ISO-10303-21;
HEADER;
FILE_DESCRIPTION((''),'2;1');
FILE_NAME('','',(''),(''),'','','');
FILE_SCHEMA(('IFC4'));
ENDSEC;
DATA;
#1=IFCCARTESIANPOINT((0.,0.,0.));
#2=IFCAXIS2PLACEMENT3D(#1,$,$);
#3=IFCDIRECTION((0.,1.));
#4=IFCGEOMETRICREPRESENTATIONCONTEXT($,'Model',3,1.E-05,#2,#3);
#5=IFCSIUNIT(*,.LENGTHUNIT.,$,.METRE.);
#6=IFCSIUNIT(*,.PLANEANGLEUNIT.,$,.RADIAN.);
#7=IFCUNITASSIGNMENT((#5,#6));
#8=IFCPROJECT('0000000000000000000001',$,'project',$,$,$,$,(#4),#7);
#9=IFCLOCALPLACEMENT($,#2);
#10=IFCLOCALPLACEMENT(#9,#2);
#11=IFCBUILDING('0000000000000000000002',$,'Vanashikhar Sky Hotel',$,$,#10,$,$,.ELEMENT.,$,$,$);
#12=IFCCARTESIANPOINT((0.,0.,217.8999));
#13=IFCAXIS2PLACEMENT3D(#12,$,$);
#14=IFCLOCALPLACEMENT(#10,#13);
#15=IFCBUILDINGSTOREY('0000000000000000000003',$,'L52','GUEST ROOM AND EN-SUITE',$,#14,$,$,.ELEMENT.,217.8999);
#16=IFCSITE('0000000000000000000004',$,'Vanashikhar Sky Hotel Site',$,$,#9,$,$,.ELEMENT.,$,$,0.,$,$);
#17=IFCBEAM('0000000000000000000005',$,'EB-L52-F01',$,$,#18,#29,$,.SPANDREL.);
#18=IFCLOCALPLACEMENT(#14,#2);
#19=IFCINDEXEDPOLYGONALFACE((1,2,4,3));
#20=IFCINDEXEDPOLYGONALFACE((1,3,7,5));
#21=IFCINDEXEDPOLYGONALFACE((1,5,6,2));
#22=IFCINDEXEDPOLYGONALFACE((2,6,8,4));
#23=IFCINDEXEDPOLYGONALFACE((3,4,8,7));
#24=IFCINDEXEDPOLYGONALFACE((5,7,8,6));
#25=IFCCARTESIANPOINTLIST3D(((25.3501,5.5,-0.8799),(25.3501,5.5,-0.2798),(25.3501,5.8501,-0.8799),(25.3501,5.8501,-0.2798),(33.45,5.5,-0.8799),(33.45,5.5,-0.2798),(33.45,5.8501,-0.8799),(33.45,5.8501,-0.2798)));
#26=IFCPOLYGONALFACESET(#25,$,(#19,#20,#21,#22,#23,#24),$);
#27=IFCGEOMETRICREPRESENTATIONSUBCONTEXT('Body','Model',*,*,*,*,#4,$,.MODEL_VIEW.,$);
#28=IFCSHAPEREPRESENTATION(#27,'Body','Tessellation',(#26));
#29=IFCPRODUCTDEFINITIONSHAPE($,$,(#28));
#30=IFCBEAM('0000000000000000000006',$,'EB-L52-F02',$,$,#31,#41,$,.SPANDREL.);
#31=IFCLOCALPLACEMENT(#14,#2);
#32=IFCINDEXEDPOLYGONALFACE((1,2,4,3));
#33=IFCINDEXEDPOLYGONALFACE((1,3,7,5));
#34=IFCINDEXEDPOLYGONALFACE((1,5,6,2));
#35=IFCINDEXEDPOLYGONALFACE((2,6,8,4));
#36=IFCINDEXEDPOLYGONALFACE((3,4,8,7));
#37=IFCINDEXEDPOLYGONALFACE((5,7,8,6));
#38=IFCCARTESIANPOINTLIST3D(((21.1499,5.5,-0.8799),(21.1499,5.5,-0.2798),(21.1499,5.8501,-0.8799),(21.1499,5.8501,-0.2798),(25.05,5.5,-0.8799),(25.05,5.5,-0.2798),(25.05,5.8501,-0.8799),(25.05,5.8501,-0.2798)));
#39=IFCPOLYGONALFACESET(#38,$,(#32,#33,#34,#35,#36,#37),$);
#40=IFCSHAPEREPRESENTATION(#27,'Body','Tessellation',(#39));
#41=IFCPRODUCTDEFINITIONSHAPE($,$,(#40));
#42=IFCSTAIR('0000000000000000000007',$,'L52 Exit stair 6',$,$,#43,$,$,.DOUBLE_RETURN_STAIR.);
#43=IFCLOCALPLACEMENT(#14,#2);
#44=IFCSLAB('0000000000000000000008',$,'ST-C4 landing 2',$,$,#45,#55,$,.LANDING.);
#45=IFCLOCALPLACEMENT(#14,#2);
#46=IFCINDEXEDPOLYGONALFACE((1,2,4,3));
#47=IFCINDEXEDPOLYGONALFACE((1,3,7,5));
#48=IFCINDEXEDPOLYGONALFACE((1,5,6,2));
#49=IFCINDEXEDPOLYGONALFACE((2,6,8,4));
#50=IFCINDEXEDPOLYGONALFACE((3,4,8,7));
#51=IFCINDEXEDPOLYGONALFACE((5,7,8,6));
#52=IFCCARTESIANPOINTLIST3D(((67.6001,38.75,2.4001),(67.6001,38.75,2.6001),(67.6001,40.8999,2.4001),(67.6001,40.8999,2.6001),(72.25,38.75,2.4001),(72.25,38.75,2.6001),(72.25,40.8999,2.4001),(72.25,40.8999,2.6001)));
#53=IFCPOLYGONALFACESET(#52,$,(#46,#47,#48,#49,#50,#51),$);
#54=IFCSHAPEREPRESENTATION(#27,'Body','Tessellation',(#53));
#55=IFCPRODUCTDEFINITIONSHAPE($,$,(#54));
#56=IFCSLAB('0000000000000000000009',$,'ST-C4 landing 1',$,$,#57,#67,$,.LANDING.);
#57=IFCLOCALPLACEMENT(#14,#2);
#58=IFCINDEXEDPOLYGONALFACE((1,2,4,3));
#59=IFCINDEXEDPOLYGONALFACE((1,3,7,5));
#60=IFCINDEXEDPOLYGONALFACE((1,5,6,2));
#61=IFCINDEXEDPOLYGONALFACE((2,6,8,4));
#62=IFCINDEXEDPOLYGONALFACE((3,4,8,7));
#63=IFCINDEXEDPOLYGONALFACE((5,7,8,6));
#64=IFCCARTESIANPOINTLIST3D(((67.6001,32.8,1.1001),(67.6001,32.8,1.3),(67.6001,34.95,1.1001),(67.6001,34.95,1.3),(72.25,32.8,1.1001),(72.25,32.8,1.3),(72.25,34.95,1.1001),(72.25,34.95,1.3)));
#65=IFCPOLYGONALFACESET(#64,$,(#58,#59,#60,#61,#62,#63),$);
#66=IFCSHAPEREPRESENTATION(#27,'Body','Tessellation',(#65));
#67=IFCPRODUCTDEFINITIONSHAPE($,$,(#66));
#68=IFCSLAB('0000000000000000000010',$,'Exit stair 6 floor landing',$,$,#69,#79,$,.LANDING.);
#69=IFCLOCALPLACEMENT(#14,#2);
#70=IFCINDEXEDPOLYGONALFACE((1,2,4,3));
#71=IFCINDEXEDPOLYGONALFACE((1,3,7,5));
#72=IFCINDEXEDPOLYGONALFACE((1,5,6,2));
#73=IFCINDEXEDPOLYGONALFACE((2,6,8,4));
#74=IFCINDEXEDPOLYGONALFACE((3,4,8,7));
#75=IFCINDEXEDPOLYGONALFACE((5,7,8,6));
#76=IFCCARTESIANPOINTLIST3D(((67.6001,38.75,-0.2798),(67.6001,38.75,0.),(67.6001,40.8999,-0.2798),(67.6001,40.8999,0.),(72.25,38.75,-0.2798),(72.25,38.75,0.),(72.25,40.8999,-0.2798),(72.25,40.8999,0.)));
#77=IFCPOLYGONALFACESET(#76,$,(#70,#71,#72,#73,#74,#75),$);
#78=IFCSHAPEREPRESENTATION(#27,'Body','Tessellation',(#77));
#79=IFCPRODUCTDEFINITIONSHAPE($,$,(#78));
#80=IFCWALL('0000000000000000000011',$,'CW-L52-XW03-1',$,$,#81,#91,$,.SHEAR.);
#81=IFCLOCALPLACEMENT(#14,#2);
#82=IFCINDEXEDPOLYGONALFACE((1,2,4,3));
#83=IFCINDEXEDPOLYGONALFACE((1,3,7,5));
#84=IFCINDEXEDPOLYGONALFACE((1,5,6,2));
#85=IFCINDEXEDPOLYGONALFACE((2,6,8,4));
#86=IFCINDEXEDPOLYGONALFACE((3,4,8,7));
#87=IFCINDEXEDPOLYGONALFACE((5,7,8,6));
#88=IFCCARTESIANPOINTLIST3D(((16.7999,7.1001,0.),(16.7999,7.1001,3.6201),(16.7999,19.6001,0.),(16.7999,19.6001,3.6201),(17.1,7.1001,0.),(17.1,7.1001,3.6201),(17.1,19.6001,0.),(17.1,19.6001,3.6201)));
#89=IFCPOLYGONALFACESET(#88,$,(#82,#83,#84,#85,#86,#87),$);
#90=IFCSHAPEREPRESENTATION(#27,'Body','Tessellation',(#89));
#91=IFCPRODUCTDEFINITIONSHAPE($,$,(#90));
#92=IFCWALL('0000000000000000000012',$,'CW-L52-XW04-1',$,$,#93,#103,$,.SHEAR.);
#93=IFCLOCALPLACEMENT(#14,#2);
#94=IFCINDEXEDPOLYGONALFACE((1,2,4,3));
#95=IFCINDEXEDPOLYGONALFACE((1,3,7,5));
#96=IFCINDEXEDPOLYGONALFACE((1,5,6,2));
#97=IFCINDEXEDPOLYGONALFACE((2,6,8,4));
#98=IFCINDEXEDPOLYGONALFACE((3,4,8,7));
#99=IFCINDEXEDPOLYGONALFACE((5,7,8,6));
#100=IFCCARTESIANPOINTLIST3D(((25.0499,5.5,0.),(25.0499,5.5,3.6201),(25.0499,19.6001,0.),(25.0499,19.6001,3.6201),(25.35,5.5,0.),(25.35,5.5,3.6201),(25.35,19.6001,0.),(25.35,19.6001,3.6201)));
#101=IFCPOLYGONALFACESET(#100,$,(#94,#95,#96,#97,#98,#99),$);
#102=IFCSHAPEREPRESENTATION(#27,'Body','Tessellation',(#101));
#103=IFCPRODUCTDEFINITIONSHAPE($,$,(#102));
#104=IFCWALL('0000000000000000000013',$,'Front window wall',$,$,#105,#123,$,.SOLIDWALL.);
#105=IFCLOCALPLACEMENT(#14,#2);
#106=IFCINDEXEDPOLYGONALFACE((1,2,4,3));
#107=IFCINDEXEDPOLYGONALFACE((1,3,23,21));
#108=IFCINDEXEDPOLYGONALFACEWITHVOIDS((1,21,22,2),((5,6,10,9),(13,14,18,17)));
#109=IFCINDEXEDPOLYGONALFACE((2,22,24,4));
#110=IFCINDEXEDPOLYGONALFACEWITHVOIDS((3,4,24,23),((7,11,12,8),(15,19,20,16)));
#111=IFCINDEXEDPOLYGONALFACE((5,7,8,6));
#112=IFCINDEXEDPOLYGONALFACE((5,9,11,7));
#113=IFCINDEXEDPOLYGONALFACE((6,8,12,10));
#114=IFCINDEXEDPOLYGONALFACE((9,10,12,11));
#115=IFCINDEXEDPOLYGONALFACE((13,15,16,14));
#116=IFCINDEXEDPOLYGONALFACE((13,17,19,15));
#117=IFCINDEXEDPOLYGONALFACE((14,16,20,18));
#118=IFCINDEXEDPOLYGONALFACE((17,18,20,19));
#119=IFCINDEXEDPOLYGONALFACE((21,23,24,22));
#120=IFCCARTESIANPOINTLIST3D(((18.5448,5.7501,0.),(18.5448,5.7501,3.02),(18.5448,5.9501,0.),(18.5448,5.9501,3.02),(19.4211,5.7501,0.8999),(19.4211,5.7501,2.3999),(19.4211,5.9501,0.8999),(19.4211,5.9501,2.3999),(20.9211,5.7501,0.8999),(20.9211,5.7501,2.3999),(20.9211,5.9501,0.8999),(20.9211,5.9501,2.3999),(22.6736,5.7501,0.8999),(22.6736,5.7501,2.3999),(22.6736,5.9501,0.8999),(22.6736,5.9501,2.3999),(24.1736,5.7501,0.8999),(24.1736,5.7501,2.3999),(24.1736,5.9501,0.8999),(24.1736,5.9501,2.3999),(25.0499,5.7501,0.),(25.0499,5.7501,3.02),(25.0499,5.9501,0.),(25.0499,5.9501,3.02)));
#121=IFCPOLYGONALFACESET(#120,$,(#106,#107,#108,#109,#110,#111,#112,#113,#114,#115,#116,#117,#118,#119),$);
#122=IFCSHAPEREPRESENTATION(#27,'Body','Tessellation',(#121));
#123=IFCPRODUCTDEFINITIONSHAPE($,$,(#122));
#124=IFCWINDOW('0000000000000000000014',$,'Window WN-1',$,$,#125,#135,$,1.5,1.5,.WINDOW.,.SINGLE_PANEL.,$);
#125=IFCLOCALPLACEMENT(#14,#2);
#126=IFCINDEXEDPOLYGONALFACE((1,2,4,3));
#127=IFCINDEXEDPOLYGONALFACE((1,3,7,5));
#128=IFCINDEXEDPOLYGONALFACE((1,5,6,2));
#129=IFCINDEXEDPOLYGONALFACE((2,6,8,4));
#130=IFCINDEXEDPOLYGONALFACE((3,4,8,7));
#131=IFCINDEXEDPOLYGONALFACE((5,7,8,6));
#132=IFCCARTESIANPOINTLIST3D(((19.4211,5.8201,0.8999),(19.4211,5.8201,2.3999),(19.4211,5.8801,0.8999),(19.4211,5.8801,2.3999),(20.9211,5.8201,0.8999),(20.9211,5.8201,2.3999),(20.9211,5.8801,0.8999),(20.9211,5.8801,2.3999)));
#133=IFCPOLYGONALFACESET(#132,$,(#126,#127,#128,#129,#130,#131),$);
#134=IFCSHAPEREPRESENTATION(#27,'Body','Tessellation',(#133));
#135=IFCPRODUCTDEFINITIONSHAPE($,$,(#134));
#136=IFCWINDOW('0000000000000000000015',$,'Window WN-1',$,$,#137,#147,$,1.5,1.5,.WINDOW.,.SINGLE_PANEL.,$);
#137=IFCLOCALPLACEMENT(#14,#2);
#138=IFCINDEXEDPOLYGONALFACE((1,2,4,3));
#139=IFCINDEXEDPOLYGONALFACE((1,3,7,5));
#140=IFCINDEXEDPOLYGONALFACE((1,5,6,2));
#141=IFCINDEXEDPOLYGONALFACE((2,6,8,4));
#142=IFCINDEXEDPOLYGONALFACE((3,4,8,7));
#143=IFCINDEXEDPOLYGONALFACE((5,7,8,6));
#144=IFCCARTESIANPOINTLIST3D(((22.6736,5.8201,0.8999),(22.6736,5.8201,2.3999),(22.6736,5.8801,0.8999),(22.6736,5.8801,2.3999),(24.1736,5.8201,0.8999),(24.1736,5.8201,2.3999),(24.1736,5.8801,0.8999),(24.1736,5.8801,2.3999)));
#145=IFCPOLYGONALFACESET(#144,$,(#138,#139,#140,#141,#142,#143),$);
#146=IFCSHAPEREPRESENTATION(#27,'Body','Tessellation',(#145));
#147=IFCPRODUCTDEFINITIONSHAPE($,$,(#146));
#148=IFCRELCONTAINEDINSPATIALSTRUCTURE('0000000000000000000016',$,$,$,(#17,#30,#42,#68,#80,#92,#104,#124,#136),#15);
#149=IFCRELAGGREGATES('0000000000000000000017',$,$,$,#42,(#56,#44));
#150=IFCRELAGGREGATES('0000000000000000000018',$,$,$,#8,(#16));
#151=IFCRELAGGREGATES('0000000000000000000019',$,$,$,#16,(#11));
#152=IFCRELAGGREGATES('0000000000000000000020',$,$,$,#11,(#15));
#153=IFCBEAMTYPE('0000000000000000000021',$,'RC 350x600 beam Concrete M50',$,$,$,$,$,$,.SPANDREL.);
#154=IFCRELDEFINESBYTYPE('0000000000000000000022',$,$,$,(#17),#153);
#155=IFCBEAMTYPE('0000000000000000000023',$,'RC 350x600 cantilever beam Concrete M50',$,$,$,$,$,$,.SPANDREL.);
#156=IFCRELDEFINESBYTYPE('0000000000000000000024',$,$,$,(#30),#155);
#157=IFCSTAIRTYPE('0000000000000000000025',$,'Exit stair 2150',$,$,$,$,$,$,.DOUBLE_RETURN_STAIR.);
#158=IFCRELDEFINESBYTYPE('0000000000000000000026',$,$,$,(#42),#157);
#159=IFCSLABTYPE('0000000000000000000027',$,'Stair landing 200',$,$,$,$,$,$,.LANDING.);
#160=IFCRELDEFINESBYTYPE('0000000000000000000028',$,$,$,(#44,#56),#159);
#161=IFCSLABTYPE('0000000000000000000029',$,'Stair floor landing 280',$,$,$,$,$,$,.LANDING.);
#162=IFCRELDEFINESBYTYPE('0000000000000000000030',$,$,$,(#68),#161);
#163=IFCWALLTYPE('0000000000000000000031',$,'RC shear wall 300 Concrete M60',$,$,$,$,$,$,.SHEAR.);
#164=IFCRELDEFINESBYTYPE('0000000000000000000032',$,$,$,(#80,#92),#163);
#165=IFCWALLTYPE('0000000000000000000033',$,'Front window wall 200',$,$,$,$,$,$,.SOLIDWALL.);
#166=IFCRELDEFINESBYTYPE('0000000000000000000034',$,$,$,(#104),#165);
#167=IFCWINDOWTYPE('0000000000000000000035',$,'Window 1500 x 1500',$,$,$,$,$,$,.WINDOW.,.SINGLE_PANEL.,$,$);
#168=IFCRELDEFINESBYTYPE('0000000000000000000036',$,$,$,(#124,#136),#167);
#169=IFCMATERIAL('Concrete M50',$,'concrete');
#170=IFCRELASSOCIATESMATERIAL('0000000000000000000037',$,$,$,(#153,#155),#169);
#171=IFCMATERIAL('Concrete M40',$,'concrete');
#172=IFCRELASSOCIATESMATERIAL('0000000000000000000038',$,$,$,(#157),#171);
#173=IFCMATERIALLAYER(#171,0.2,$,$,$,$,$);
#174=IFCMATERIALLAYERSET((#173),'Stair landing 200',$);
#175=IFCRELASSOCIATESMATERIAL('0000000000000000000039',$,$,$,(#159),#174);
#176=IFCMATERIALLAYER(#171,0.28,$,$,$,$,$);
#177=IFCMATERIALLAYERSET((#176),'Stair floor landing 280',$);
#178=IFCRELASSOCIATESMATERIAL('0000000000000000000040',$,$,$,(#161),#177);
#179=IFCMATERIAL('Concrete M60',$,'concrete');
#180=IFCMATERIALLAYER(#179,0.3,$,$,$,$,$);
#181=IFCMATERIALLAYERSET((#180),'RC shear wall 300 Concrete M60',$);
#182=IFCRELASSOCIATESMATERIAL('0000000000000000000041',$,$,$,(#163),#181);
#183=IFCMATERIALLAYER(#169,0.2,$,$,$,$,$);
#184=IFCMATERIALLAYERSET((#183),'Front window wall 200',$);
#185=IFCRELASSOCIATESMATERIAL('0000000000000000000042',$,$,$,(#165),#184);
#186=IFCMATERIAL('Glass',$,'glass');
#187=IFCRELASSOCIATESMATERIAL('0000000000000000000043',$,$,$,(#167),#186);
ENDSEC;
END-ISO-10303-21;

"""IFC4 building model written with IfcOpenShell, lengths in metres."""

from ifc_helpers import new_model, si_unit, direction, frame, frame_2d, origin, origin_2d, place, context, subcontext, project, spatial, polyline, rectangle, outline, extrude, source, transform, mapped, material, layer, layer_set, material_profile, profile_set, type_object, element, fill, aggregate, save


model = new_model("IFC4")

# Units and contexts
model_context = context("Model", 3, precision=1e-05, world=origin(), true_north=direction((0.0, 1.0)))
body_context = subcontext(model_context, "Body", "Model", "MODEL_VIEW")
ifc_project = project(units=[si_unit("LENGTHUNIT", "METRE"), si_unit("PLANEANGLEUNIT", "RADIAN")], contexts=[model_context])

# Site, building, storey
site_placement = place(None, origin())
site = spatial("IfcSite", under=ifc_project, at=site_placement, Name="Vanashikhar Sky Hotel Site", CompositionType="ELEMENT", RefElevation=0.0)
building_placement = place(site_placement, origin())
building = spatial("IfcBuilding", under=site, at=building_placement, Name="Vanashikhar Sky Hotel", CompositionType="ELEMENT")
storey_placement = place(building_placement, frame((0.0, 0.0, 217.8999)))
storey = spatial("IfcBuildingStorey", under=building, at=storey_placement, Name="L52", Description="GUEST ROOM AND EN-SUITE", CompositionType="ELEMENT", Elevation=217.8999)

# Beams
ifc_material_1 = material(Name="Concrete M50", Category="concrete")
ifc_material_profile_1 = material_profile(ifc_material_1, rectangle(XDim=0.3501, YDim=0.6001, at=origin_2d()))
ifc_profile_set_1 = profile_set([ifc_material_profile_1], Name="RC 350x600 beam Concrete M50")
beam_type_1 = type_object("IfcBeamType", Name="RC 350x600 beam Concrete M50", PredefinedType="SPANDREL", material=ifc_profile_set_1)
shared_shape_1 = source(origin(), body_context, "Body", "SweptSolid", [
    extrude(rectangle(XDim=0.3501, YDim=0.6001, at=origin_2d()), origin(), (0.0, 0.0, 1.0), 8.0999),
])
beam_1_placement = place(storey_placement, frame((25.3501, 5.675, -0.5798), z_axis=(1.0, 0.0, 0.0), x_axis=(0.0, 1.0, 0.0)))
element("IfcBeam", 1, at=beam_1_placement, inside=storey, type_object=beam_type_1, Name="EB-L52-F01", PredefinedType="SPANDREL", context=body_context, shape_type="MappedRepresentation", body=[
    mapped(shared_shape_1, transform((0.0, 0.0, 0.0), scale=1.0)),
])
ifc_material_profile_2 = material_profile(ifc_material_1, rectangle(XDim=0.3501, YDim=0.6001, at=origin_2d()))
ifc_profile_set_2 = profile_set([ifc_material_profile_2], Name="RC 350x600 cantilever beam Concrete M50")
beam_type_2 = type_object("IfcBeamType", Name="RC 350x600 cantilever beam Concrete M50", PredefinedType="SPANDREL", material=ifc_profile_set_2)
shared_shape_2 = source(origin(), body_context, "Body", "SweptSolid", [
    extrude(rectangle(XDim=0.3501, YDim=0.6001, at=origin_2d()), origin(), (0.0, 0.0, 1.0), 3.9001),
])
beam_2_placement = place(storey_placement, frame((21.1499, 5.675, -0.5798), z_axis=(1.0, 0.0, 0.0), x_axis=(0.0, 1.0, 0.0)))
element("IfcBeam", 2, at=beam_2_placement, inside=storey, type_object=beam_type_2, Name="EB-L52-F02", PredefinedType="SPANDREL", context=body_context, shape_type="MappedRepresentation", body=[
    mapped(shared_shape_2, transform((0.0, 0.0, 0.0), scale=1.0)),
])

# Stair, slabs
ifc_material_2 = material(Name="Concrete M40", Category="concrete")
stair_type = type_object("IfcStairType", Name="Exit stair 2150", PredefinedType="DOUBLE_RETURN_STAIR", material=ifc_material_2)
stair_placement = place(storey_placement, origin())
stair = element("IfcStair", 3, at=stair_placement, inside=storey, type_object=stair_type, Name="L52 Exit stair 6", PredefinedType="DOUBLE_RETURN_STAIR")
ifc_layer_1 = layer(ifc_material_2, 0.2)
ifc_layer_set_1 = layer_set([ifc_layer_1], Name="Stair landing 200")
slab_type_1 = type_object("IfcSlabType", Name="Stair landing 200", PredefinedType="LANDING", material=ifc_layer_set_1)
shared_shape_3 = source(origin(), body_context, "Body", "SweptSolid", [
    extrude(outline(polyline([(72.25, 38.75), (72.25, 40.8999), (67.6001, 40.8999), (67.6001, 38.75), (72.25, 38.75)])), origin(), (0.0, 0.0, 1.0), 0.2),
])
slab_1_placement = place(storey_placement, frame((0.0, 0.0, 2.4001)))
slab_1 = element("IfcSlab", 4, at=slab_1_placement, type_object=slab_type_1, Name="ST-C4 landing 2", PredefinedType="LANDING", context=body_context, shape_type="MappedRepresentation", body=[
    mapped(shared_shape_3, transform((0.0, 0.0, 0.0), scale=1.0)),
])
shared_shape_4 = source(origin(), body_context, "Body", "SweptSolid", [
    extrude(outline(polyline([(72.25, 32.8), (72.25, 34.95), (67.6001, 34.95), (67.6001, 32.8), (72.25, 32.8)])), origin(), (0.0, 0.0, 1.0), 0.2),
])
slab_2_placement = place(storey_placement, frame((0.0, 0.0, 1.1001)))
slab_2 = element("IfcSlab", 5, at=slab_2_placement, type_object=slab_type_1, Name="ST-C4 landing 1", PredefinedType="LANDING", context=body_context, shape_type="MappedRepresentation", body=[
    mapped(shared_shape_4, transform((0.0, 0.0, 0.0), scale=1.0)),
])
aggregate(stair, [slab_2, slab_1])

# Slab
ifc_layer_2 = layer(ifc_material_2, 0.28)
ifc_layer_set_2 = layer_set([ifc_layer_2], Name="Stair floor landing 280")
slab_type_2 = type_object("IfcSlabType", Name="Stair floor landing 280", PredefinedType="LANDING", material=ifc_layer_set_2)
shared_shape_5 = source(origin(), body_context, "Body", "SweptSolid", [
    extrude(outline(polyline([(72.25, 38.75), (72.25, 40.8999), (67.6001, 40.8999), (67.6001, 38.75), (72.25, 38.75)])), origin(), (0.0, 0.0, 1.0), 0.2798),
])
slab_3_placement = place(storey_placement, frame((0.0, 0.0, -0.2798)))
element("IfcSlab", 6, at=slab_3_placement, inside=storey, type_object=slab_type_2, Name="Exit stair 6 floor landing", PredefinedType="LANDING", context=body_context, shape_type="MappedRepresentation", body=[
    mapped(shared_shape_5, transform((0.0, 0.0, 0.0), scale=1.0)),
])

# Walls
ifc_material_3 = material(Name="Concrete M60", Category="concrete")
ifc_layer_3 = layer(ifc_material_3, 0.3)
ifc_layer_set_3 = layer_set([ifc_layer_3], Name="RC shear wall 300 Concrete M60")
wall_type_1 = type_object("IfcWallType", Name="RC shear wall 300 Concrete M60", PredefinedType="SHEAR", material=ifc_layer_set_3)
shared_shape_6 = source(origin(), body_context, "Body", "SweptSolid", [
    extrude(rectangle(XDim=12.5, YDim=0.3, at=frame_2d((6.25, 0.0))), origin(), (0.0, 0.0, 1.0), 3.6201),
])
wall_1_placement = place(storey_placement, frame((16.95, 7.1001, 0.0), z_axis=(0.0, 0.0, 1.0), x_axis=(0.0, 1.0, 0.0)))
element("IfcWall", 7, at=wall_1_placement, inside=storey, type_object=wall_type_1, Name="CW-L52-XW03-1", PredefinedType="SHEAR", context=body_context, shape_type="MappedRepresentation", body=[
    mapped(shared_shape_6, transform((0.0, 0.0, 0.0), scale=1.0)),
])
shared_shape_7 = source(origin(), body_context, "Body", "SweptSolid", [
    extrude(rectangle(XDim=14.1001, YDim=0.3, at=frame_2d((7.05, 0.0))), origin(), (0.0, 0.0, 1.0), 3.6201),
])
wall_2_placement = place(storey_placement, frame((25.2, 5.5, 0.0), z_axis=(0.0, 0.0, 1.0), x_axis=(0.0, 1.0, 0.0)))
element("IfcWall", 8, at=wall_2_placement, inside=storey, type_object=wall_type_1, Name="CW-L52-XW04-1", PredefinedType="SHEAR", context=body_context, shape_type="MappedRepresentation", body=[
    mapped(shared_shape_7, transform((0.0, 0.0, 0.0), scale=1.0)),
])

# Wall, openings, windows
ifc_layer_4 = layer(ifc_material_1, 0.2)
ifc_layer_set_4 = layer_set([ifc_layer_4], Name="Front window wall 200")
wall_type_2 = type_object("IfcWallType", Name="Front window wall 200", PredefinedType="SOLIDWALL", material=ifc_layer_set_4)
shared_shape_8 = source(origin(), body_context, "Body", "SweptSolid", [
    extrude(rectangle(XDim=6.5051, YDim=0.2, at=frame_2d((3.2524, 0.0))), origin(), (0.0, 0.0, 1.0), 3.02),
])
wall_3_placement = place(storey_placement, frame((18.5449, 5.8501, 0.0), z_axis=(0.0, 0.0, 1.0), x_axis=(1.0, 0.0, 0.0)))
wall_3 = element("IfcWall", 9, at=wall_3_placement, inside=storey, type_object=wall_type_2, Name="Front window wall", PredefinedType="SOLIDWALL", context=body_context, shape_type="MappedRepresentation", body=[
    mapped(shared_shape_8, transform((0.0, 0.0, 0.0), scale=1.0)),
])
shared_shape_9 = source(origin(), body_context, "Body", "SweptSolid", [
    extrude(rectangle(XDim=1.5, YDim=1.5, at=frame_2d((0.75, 0.75))), frame((0.0, 0.1099, 0.0), z_axis=(0.0, -1.0, 0.0), x_axis=(1.0, 0.0, 0.0)), (0.0, 0.0, 1.0), 0.22),
])
opening_1_placement = place(wall_3_placement, frame((0.8762, 0.0, 0.8999)))
opening_1 = element("IfcOpeningElement", 10, at=opening_1_placement, cuts=wall_3, PredefinedType="OPENING", context=body_context, shape_type="MappedRepresentation", body=[
    mapped(shared_shape_9, transform((0.0, 0.0, 0.0), scale=1.0)),
])
opening_2_placement = place(wall_3_placement, frame((4.1287, 0.0, 0.8999)))
opening_2 = element("IfcOpeningElement", 11, at=opening_2_placement, cuts=wall_3, PredefinedType="OPENING", context=body_context, shape_type="MappedRepresentation", body=[
    mapped(shared_shape_9, transform((0.0, 0.0, 0.0), scale=1.0)),
])
ifc_material_4 = material(Name="Glass", Category="glass")
window_type_1 = type_object("IfcWindowType", Name="Window 1500 x 1500", PartitioningType="SINGLE_PANEL", PredefinedType="WINDOW", material=ifc_material_4)
shared_shape_10 = source(origin(), body_context, "Body", "SweptSolid", [
    extrude(rectangle(XDim=1.5, YDim=1.5, at=frame_2d((0.75, 0.75))), frame((0.0, 0.03, 0.0), z_axis=(0.0, -1.0, 0.0), x_axis=(1.0, 0.0, 0.0)), (0.0, 0.0, 1.0), 0.0601),
])
window_1_placement = place(opening_1_placement, origin())
window_1 = element("IfcWindow", 12, at=window_1_placement, inside=storey, type_object=window_type_1, Name="Window WN-1", OverallHeight=1.5, OverallWidth=1.5, PartitioningType="SINGLE_PANEL", PredefinedType="WINDOW", context=body_context, shape_type="MappedRepresentation", body=[
    mapped(shared_shape_10, transform((0.0, 0.0, 0.0), scale=1.0)),
])
fill(opening_1, window_1)
window_2_placement = place(opening_2_placement, origin())
window_2 = element("IfcWindow", 13, at=window_2_placement, inside=storey, type_object=window_type_1, Name="Window WN-1", OverallHeight=1.5, OverallWidth=1.5, PartitioningType="SINGLE_PANEL", PredefinedType="WINDOW", context=body_context, shape_type="MappedRepresentation", body=[
    mapped(shared_shape_10, transform((0.0, 0.0, 0.0), scale=1.0)),
])
fill(opening_2, window_2)

save(model, "model.ifc")
